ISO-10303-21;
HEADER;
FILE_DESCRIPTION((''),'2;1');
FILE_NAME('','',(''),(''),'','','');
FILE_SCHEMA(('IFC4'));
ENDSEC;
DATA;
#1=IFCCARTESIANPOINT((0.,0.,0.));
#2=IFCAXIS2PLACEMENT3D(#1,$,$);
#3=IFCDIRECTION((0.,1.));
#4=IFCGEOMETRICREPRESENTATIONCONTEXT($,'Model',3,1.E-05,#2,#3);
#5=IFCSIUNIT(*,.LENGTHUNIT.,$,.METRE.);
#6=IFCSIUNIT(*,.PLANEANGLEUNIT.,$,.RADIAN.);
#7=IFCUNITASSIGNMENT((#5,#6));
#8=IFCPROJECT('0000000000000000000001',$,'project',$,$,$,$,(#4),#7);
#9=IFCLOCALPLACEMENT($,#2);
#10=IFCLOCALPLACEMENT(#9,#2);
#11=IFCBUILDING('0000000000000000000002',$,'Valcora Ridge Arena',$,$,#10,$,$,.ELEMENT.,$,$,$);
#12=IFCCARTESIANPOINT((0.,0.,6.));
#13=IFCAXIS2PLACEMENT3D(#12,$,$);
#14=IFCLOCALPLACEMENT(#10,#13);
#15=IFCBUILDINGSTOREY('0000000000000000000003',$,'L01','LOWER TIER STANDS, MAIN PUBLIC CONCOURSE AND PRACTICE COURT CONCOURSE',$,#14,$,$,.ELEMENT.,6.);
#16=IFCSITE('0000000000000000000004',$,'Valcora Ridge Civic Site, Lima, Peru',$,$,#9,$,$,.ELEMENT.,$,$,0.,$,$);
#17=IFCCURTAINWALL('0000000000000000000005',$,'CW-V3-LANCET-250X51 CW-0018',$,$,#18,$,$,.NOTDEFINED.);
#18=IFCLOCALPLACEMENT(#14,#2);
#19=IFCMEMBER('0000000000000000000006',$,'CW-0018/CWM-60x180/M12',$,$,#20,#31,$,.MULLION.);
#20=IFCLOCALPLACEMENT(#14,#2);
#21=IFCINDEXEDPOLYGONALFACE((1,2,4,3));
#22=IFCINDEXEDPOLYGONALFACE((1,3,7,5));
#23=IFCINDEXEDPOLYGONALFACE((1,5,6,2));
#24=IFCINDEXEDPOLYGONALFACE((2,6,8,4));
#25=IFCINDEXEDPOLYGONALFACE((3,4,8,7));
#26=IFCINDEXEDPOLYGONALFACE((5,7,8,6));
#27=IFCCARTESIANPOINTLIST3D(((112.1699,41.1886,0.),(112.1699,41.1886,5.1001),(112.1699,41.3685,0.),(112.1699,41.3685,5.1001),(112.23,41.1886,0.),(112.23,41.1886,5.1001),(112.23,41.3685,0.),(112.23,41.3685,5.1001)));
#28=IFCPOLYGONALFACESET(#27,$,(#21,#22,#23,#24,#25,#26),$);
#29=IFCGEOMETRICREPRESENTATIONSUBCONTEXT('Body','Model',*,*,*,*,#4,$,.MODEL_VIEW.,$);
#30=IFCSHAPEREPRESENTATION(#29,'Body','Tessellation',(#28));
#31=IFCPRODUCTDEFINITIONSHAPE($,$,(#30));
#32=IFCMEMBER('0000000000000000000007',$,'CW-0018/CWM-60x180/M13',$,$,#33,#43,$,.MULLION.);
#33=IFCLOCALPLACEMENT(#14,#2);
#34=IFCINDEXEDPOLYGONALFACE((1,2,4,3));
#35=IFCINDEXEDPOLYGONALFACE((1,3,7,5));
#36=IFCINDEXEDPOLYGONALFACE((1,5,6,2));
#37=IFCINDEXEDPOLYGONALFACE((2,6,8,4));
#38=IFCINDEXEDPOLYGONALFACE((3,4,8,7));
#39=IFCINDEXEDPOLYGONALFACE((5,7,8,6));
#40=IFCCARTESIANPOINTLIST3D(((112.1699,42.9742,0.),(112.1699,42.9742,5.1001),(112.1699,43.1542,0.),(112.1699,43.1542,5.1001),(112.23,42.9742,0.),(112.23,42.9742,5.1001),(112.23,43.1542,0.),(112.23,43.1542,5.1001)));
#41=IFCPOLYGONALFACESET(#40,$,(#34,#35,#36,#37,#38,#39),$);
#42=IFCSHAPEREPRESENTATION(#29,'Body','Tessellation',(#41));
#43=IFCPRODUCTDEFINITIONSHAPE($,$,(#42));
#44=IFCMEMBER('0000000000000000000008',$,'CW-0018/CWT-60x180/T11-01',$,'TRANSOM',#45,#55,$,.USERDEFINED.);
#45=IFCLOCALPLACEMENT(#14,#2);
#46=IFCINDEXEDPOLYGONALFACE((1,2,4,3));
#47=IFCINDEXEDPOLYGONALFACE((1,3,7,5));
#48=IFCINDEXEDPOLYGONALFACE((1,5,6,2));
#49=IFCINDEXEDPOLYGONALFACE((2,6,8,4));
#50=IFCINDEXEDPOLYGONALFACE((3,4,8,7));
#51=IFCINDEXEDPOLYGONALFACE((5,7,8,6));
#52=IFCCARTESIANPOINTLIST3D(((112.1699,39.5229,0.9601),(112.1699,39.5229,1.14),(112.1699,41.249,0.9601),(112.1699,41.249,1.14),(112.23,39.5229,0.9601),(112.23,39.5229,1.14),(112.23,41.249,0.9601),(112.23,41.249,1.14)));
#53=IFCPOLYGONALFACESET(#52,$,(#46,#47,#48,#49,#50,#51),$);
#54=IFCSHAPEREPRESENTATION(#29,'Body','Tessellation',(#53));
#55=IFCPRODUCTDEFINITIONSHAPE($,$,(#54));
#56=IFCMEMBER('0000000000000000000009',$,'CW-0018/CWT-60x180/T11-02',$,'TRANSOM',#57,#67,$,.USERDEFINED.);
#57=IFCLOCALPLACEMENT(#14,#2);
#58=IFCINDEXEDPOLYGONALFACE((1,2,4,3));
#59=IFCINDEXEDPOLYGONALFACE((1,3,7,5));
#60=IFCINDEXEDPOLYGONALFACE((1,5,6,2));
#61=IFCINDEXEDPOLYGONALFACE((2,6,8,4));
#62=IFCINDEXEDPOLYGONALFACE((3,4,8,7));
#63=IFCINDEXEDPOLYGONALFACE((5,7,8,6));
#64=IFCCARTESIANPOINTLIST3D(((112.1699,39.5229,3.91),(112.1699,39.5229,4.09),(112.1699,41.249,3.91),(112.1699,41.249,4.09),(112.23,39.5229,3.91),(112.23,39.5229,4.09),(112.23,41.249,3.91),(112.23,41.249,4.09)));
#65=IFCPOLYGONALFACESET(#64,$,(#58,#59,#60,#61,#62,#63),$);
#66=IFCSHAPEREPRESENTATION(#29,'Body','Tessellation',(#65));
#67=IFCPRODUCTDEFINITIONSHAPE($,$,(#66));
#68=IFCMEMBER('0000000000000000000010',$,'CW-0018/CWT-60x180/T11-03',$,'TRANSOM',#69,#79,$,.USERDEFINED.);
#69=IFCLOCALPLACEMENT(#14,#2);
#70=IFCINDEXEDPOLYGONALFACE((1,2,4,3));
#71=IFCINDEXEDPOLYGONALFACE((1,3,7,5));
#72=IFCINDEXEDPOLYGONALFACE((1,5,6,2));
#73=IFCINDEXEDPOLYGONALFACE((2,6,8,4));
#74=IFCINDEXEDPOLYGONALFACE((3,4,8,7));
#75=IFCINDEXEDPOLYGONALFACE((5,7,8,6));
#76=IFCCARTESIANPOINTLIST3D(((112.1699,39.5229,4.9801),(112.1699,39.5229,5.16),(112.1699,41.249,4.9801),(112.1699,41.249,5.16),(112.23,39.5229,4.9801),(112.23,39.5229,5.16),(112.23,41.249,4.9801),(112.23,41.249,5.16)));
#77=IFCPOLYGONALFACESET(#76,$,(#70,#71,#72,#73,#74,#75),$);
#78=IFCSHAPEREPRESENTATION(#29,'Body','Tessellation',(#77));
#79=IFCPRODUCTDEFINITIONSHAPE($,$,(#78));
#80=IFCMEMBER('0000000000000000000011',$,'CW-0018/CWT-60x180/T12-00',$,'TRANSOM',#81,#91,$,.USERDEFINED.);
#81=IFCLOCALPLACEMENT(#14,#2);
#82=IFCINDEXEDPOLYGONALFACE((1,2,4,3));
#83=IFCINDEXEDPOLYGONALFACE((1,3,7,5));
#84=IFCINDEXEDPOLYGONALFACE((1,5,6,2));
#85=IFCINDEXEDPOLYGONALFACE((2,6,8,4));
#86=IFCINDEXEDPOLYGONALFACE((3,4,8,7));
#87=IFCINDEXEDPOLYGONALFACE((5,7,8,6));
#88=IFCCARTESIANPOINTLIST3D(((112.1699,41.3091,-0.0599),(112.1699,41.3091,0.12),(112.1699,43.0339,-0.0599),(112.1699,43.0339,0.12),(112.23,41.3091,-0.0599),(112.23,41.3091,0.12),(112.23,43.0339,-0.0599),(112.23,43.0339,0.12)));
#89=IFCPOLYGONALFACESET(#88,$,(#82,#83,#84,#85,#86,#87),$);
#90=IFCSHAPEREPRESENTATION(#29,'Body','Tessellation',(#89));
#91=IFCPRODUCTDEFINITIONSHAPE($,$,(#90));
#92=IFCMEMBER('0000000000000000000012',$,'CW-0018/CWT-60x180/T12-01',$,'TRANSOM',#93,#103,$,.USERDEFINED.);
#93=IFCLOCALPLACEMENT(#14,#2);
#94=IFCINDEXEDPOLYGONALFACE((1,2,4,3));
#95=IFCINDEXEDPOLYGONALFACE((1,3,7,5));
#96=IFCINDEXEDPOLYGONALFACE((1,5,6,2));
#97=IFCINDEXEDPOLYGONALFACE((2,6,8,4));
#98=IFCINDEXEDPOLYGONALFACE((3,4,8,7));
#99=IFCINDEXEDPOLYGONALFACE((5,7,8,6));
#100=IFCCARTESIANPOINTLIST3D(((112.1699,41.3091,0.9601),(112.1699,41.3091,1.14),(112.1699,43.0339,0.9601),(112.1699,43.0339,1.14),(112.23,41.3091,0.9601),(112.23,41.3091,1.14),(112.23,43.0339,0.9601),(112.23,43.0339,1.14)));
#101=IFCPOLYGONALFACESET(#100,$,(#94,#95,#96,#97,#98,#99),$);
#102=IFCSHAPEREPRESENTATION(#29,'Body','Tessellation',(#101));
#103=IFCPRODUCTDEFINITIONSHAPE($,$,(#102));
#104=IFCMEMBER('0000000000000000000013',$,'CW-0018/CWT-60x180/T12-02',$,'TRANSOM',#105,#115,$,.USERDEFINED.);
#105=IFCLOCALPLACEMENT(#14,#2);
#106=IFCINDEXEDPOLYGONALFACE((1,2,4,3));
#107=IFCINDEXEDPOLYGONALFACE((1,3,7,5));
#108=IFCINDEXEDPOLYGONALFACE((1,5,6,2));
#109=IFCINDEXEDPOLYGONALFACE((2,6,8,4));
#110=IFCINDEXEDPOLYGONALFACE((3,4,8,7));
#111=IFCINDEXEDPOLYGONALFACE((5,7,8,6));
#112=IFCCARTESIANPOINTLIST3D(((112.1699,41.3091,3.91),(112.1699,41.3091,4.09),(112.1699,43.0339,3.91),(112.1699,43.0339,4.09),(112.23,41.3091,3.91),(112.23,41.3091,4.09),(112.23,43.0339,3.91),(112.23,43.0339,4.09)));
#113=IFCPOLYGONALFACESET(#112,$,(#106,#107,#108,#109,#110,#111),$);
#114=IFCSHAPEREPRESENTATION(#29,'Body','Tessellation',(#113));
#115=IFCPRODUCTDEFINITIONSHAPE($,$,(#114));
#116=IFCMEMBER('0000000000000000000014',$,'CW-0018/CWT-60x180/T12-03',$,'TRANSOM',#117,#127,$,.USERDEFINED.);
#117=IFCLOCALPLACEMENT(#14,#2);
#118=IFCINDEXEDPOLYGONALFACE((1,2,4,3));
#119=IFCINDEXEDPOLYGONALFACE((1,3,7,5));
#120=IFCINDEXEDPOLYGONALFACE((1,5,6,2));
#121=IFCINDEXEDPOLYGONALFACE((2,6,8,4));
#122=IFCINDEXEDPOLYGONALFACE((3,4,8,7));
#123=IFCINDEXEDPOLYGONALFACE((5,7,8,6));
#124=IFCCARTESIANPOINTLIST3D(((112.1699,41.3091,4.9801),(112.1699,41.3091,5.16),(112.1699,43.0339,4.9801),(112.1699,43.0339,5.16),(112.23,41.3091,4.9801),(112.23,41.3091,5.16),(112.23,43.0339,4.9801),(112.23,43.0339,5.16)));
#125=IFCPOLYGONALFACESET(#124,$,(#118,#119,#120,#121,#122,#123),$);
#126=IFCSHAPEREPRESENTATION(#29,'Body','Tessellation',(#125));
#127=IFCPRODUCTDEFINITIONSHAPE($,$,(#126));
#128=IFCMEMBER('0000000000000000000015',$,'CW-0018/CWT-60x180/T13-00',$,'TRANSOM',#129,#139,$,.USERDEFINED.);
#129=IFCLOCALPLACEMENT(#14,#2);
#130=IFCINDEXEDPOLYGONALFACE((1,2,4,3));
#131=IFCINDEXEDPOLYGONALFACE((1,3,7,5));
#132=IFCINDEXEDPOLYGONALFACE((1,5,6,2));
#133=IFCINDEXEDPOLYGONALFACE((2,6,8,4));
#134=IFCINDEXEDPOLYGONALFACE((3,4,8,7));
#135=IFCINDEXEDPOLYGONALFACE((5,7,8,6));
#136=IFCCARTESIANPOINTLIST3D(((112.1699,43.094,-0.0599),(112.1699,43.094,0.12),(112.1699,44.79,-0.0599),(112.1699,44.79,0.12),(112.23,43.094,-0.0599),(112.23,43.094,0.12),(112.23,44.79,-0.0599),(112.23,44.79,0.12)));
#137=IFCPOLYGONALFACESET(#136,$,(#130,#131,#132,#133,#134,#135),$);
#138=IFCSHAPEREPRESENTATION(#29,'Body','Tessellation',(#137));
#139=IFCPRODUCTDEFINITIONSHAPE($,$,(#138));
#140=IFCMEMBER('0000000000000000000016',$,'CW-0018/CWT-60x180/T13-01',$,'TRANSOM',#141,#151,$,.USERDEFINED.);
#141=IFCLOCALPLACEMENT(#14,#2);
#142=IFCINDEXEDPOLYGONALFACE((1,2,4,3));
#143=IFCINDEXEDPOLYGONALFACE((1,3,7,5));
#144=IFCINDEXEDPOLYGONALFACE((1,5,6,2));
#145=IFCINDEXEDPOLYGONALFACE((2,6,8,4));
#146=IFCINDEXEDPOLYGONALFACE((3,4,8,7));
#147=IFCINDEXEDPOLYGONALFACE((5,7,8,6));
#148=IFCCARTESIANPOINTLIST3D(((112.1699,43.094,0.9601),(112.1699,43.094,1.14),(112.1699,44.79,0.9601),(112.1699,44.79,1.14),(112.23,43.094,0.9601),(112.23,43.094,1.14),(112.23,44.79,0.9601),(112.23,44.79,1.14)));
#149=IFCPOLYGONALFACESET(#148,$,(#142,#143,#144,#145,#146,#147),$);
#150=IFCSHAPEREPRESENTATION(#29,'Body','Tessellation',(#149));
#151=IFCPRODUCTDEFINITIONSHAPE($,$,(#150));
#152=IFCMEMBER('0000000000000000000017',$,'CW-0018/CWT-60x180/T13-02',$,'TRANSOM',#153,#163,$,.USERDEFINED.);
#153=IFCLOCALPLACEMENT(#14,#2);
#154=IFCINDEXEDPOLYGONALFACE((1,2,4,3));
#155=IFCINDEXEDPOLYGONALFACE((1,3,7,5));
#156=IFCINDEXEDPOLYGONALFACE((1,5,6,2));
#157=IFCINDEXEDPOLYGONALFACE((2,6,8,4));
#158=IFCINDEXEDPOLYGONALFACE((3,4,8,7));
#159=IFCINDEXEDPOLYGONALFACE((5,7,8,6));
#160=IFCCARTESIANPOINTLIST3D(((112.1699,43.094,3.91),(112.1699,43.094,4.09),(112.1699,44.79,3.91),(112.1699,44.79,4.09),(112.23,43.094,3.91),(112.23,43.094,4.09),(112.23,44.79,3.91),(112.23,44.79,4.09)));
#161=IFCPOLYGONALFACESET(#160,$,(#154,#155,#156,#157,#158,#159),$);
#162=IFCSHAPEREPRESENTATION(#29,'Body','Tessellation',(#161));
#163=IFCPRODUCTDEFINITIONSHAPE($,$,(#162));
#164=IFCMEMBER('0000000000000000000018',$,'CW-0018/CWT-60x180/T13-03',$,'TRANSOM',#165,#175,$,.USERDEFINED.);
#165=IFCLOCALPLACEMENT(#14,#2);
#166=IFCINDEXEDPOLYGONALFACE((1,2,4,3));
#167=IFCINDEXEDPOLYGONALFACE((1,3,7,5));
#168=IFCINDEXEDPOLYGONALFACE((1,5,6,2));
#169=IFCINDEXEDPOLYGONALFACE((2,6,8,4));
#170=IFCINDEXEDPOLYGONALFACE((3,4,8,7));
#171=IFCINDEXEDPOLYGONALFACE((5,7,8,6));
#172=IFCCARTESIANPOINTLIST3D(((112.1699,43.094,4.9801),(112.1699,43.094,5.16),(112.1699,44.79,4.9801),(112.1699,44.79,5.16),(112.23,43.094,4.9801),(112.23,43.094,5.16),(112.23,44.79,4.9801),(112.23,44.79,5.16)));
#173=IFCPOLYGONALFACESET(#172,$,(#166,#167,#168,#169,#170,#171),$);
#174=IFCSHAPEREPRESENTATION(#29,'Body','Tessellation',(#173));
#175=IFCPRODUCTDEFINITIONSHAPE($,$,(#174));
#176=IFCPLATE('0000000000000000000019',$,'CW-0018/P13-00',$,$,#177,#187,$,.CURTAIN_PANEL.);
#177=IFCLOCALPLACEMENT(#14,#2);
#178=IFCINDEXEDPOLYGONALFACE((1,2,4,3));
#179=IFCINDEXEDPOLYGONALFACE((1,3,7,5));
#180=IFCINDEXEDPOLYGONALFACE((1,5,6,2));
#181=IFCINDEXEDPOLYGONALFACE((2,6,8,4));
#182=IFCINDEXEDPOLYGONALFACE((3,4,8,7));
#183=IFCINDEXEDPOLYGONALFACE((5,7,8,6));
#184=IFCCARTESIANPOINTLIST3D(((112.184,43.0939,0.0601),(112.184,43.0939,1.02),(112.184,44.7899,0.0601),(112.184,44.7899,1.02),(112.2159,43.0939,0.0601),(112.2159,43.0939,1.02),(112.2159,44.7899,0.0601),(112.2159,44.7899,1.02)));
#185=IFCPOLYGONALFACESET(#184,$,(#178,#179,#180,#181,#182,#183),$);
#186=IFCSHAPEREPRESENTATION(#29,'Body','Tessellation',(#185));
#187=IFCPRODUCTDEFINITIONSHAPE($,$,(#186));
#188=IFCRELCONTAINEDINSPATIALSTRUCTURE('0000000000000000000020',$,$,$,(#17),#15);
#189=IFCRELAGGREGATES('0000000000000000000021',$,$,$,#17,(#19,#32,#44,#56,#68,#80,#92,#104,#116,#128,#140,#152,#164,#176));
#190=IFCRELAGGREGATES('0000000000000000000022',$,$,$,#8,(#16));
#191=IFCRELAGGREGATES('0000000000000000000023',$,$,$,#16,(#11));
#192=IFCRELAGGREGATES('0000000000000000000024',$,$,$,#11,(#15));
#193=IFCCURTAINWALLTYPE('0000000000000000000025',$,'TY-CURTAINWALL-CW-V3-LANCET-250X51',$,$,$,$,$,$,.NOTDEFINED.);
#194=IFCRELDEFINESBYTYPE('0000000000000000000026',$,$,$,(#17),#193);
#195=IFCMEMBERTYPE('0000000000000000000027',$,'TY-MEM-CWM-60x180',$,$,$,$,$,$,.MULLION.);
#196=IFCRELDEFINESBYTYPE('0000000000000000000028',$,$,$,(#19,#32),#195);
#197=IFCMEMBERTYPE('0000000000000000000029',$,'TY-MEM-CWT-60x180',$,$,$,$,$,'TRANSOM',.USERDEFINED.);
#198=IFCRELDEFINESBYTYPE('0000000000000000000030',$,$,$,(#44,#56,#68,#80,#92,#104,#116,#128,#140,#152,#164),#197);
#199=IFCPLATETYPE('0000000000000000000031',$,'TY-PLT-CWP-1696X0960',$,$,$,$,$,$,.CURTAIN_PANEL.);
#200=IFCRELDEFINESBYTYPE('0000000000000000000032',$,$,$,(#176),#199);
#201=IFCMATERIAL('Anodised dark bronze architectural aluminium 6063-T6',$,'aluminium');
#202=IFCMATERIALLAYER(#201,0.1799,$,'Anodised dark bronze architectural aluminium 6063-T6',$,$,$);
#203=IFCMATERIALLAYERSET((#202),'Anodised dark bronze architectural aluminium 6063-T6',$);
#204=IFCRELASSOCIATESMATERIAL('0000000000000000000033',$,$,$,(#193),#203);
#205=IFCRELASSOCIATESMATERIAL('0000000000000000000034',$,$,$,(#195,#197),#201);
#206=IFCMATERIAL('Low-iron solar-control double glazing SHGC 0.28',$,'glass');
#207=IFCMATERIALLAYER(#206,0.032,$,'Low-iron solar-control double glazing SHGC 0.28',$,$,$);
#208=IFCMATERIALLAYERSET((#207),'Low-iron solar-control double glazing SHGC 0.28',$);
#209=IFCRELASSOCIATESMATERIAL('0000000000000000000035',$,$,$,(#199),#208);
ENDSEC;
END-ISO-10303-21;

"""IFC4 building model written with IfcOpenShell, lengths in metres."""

from ifc_helpers import new_model, si_unit, direction, frame, origin, origin_2d, place, context, subcontext, project, spatial, rectangle, extrude, material, layer, layer_set, material_profile, profile_set, type_object, element, aggregate, save


model = new_model("IFC4")

# Units and contexts
model_context = context("Model", 3, precision=1e-05, world=origin(), true_north=direction((0.0, 1.0)))
body_context = subcontext(model_context, "Body", "Model", "MODEL_VIEW")
ifc_project = project(units=[si_unit("LENGTHUNIT", "METRE"), si_unit("PLANEANGLEUNIT", "RADIAN")], contexts=[model_context])

# Site, building, storey
site_placement = place(None, origin())
site = spatial("IfcSite", under=ifc_project, at=site_placement, Name="Valcora Ridge Civic Site, Lima, Peru", CompositionType="ELEMENT", RefElevation=0.0)
building_placement = place(site_placement, origin())
building = spatial("IfcBuilding", under=site, at=building_placement, Name="Valcora Ridge Arena", CompositionType="ELEMENT")
storey_placement = place(building_placement, frame((0.0, 0.0, 6.0)))
storey = spatial("IfcBuildingStorey", under=building, at=storey_placement, Name="L01", Description="LOWER TIER STANDS, MAIN PUBLIC CONCOURSE AND PRACTICE COURT CONCOURSE", CompositionType="ELEMENT", Elevation=6.0)

# Curtain wall, members, plate
ifc_material_1 = material(Name="Anodised dark bronze architectural aluminium 6063-T6", Category="aluminium")
ifc_layer_1 = layer(ifc_material_1, 0.1799, Name="Anodised dark bronze architectural aluminium 6063-T6")
ifc_layer_set_1 = layer_set([ifc_layer_1], Name="Anodised dark bronze architectural aluminium 6063-T6")
curtain_wall_type = type_object("IfcCurtainWallType", Name="TY-CURTAINWALL-CW-V3-LANCET-250X51", PredefinedType="NOTDEFINED", material=ifc_layer_set_1)
curtain_wall_placement = place(storey_placement, origin())
curtain_wall = element("IfcCurtainWall", 1, at=curtain_wall_placement, inside=storey, type_object=curtain_wall_type, Name="CW-V3-LANCET-250X51 CW-0018", PredefinedType="NOTDEFINED")
ifc_material_profile_1 = material_profile(ifc_material_1, rectangle(XDim=0.0601, YDim=0.1799, at=origin_2d()), Name="ALU MULLION 60x180")
ifc_profile_set_1 = profile_set([ifc_material_profile_1], Name="Anodised dark bronze architectural aluminium 6063-T6")
member_type_1 = type_object("IfcMemberType", Name="TY-MEM-CWM-60x180", PredefinedType="MULLION", material=ifc_profile_set_1)
member_1_placement = place(storey_placement, frame((112.2, 41.2786, 0.0), z_axis=(0.0, 0.0, 1.0), x_axis=(-1.0, 0.0, 0.0)))
member_1 = element("IfcMember", 2, at=member_1_placement, type_object=member_type_1, Name="CW-0018/CWM-60x180/M12", PredefinedType="MULLION", context=body_context, shape_type="SweptSolid", body=[
    extrude(rectangle(XDim=0.0601, YDim=0.1799, at=origin_2d()), origin(), (0.0, 0.0, 1.0), 5.1001),
])
member_2_placement = place(storey_placement, frame((112.2, 43.0642, 0.0), z_axis=(0.0, 0.0, 1.0), x_axis=(-1.0, 0.0, 0.0)))
member_2 = element("IfcMember", 3, at=member_2_placement, type_object=member_type_1, Name="CW-0018/CWM-60x180/M13", PredefinedType="MULLION", context=body_context, shape_type="SweptSolid", body=[
    extrude(rectangle(XDim=0.0601, YDim=0.1799, at=origin_2d()), origin(), (0.0, 0.0, 1.0), 5.1001),
])
ifc_material_profile_2 = material_profile(ifc_material_1, rectangle(XDim=0.0601, YDim=0.1799, at=origin_2d()), Name="ALU TRANSOM 60x180")
ifc_profile_set_2 = profile_set([ifc_material_profile_2], Name="Anodised dark bronze architectural aluminium 6063-T6")
member_type_2 = type_object("IfcMemberType", Name="TY-MEM-CWT-60x180", ElementType="TRANSOM", PredefinedType="USERDEFINED", material=ifc_profile_set_2)
member_3_placement = place(storey_placement, frame((112.2, 39.5229, 1.05), z_axis=(0.0, 1.0, 0.0), x_axis=(-1.0, 0.0, 0.0)))
member_3 = element("IfcMember", 4, at=member_3_placement, type_object=member_type_2, Name="CW-0018/CWT-60x180/T11-01", ObjectType="TRANSOM", PredefinedType="USERDEFINED", context=body_context, shape_type="SweptSolid", body=[
    extrude(rectangle(XDim=0.0601, YDim=0.1799, at=origin_2d()), origin(), (0.0, 0.0, 1.0), 1.7261),
])
member_4_placement = place(storey_placement, frame((112.2, 39.5229, 4.0), z_axis=(0.0, 1.0, 0.0), x_axis=(-1.0, 0.0, 0.0)))
member_4 = element("IfcMember", 5, at=member_4_placement, type_object=member_type_2, Name="CW-0018/CWT-60x180/T11-02", ObjectType="TRANSOM", PredefinedType="USERDEFINED", context=body_context, shape_type="SweptSolid", body=[
    extrude(rectangle(XDim=0.0601, YDim=0.1799, at=origin_2d()), origin(), (0.0, 0.0, 1.0), 1.7261),
])
member_5_placement = place(storey_placement, frame((112.2, 39.5229, 5.0701), z_axis=(0.0, 1.0, 0.0), x_axis=(-1.0, 0.0, 0.0)))
member_5 = element("IfcMember", 6, at=member_5_placement, type_object=member_type_2, Name="CW-0018/CWT-60x180/T11-03", ObjectType="TRANSOM", PredefinedType="USERDEFINED", context=body_context, shape_type="SweptSolid", body=[
    extrude(rectangle(XDim=0.0601, YDim=0.1799, at=origin_2d()), origin(), (0.0, 0.0, 1.0), 1.7261),
])
member_6_placement = place(storey_placement, frame((112.2, 41.3091, 0.03), z_axis=(0.0, 1.0, 0.0), x_axis=(-1.0, 0.0, 0.0)))
member_6 = element("IfcMember", 7, at=member_6_placement, type_object=member_type_2, Name="CW-0018/CWT-60x180/T12-00", ObjectType="TRANSOM", PredefinedType="USERDEFINED", context=body_context, shape_type="SweptSolid", body=[
    extrude(rectangle(XDim=0.0601, YDim=0.1799, at=origin_2d()), origin(), (0.0, 0.0, 1.0), 1.7249),
])
member_7_placement = place(storey_placement, frame((112.2, 41.3091, 1.05), z_axis=(0.0, 1.0, 0.0), x_axis=(-1.0, 0.0, 0.0)))
member_7 = element("IfcMember", 8, at=member_7_placement, type_object=member_type_2, Name="CW-0018/CWT-60x180/T12-01", ObjectType="TRANSOM", PredefinedType="USERDEFINED", context=body_context, shape_type="SweptSolid", body=[
    extrude(rectangle(XDim=0.0601, YDim=0.1799, at=origin_2d()), origin(), (0.0, 0.0, 1.0), 1.7249),
])
member_8_placement = place(storey_placement, frame((112.2, 41.3091, 4.0), z_axis=(0.0, 1.0, 0.0), x_axis=(-1.0, 0.0, 0.0)))
member_8 = element("IfcMember", 9, at=member_8_placement, type_object=member_type_2, Name="CW-0018/CWT-60x180/T12-02", ObjectType="TRANSOM", PredefinedType="USERDEFINED", context=body_context, shape_type="SweptSolid", body=[
    extrude(rectangle(XDim=0.0601, YDim=0.1799, at=origin_2d()), origin(), (0.0, 0.0, 1.0), 1.7249),
])
member_9_placement = place(storey_placement, frame((112.2, 41.3091, 5.0701), z_axis=(0.0, 1.0, 0.0), x_axis=(-1.0, 0.0, 0.0)))
member_9 = element("IfcMember", 10, at=member_9_placement, type_object=member_type_2, Name="CW-0018/CWT-60x180/T12-03", ObjectType="TRANSOM", PredefinedType="USERDEFINED", context=body_context, shape_type="SweptSolid", body=[
    extrude(rectangle(XDim=0.0601, YDim=0.1799, at=origin_2d()), origin(), (0.0, 0.0, 1.0), 1.7249),
])
member_10_placement = place(storey_placement, frame((112.2, 43.094, 0.03), z_axis=(0.0, 1.0, 0.0), x_axis=(-1.0, 0.0, 0.0)))
member_10 = element("IfcMember", 11, at=member_10_placement, type_object=member_type_2, Name="CW-0018/CWT-60x180/T13-00", ObjectType="TRANSOM", PredefinedType="USERDEFINED", context=body_context, shape_type="SweptSolid", body=[
    extrude(rectangle(XDim=0.0601, YDim=0.1799, at=origin_2d()), origin(), (0.0, 0.0, 1.0), 1.696),
])
member_11_placement = place(storey_placement, frame((112.2, 43.094, 1.05), z_axis=(0.0, 1.0, 0.0), x_axis=(-1.0, 0.0, 0.0)))
member_11 = element("IfcMember", 12, at=member_11_placement, type_object=member_type_2, Name="CW-0018/CWT-60x180/T13-01", ObjectType="TRANSOM", PredefinedType="USERDEFINED", context=body_context, shape_type="SweptSolid", body=[
    extrude(rectangle(XDim=0.0601, YDim=0.1799, at=origin_2d()), origin(), (0.0, 0.0, 1.0), 1.696),
])
member_12_placement = place(storey_placement, frame((112.2, 43.094, 4.0), z_axis=(0.0, 1.0, 0.0), x_axis=(-1.0, 0.0, 0.0)))
member_12 = element("IfcMember", 13, at=member_12_placement, type_object=member_type_2, Name="CW-0018/CWT-60x180/T13-02", ObjectType="TRANSOM", PredefinedType="USERDEFINED", context=body_context, shape_type="SweptSolid", body=[
    extrude(rectangle(XDim=0.0601, YDim=0.1799, at=origin_2d()), origin(), (0.0, 0.0, 1.0), 1.696),
])
member_13_placement = place(storey_placement, frame((112.2, 43.094, 5.0701), z_axis=(0.0, 1.0, 0.0), x_axis=(-1.0, 0.0, 0.0)))
member_13 = element("IfcMember", 14, at=member_13_placement, type_object=member_type_2, Name="CW-0018/CWT-60x180/T13-03", ObjectType="TRANSOM", PredefinedType="USERDEFINED", context=body_context, shape_type="SweptSolid", body=[
    extrude(rectangle(XDim=0.0601, YDim=0.1799, at=origin_2d()), origin(), (0.0, 0.0, 1.0), 1.696),
])
ifc_material_2 = material(Name="Low-iron solar-control double glazing SHGC 0.28", Category="glass")
ifc_layer_2 = layer(ifc_material_2, 0.032, Name="Low-iron solar-control double glazing SHGC 0.28")
ifc_layer_set_2 = layer_set([ifc_layer_2], Name="Low-iron solar-control double glazing SHGC 0.28")
plate_type_1 = type_object("IfcPlateType", Name="TY-PLT-CWP-1696X0960", PredefinedType="CURTAIN_PANEL", material=ifc_layer_set_2)
plate_1_placement = place(storey_placement, frame((112.2, 43.9419, 0.0601), z_axis=(0.0, 0.0, 1.0), x_axis=(0.0, 1.0, 0.0)))
plate_1 = element("IfcPlate", 15, at=plate_1_placement, type_object=plate_type_1, Name="CW-0018/P13-00", PredefinedType="CURTAIN_PANEL", context=body_context, shape_type="SweptSolid", body=[
    extrude(rectangle(XDim=1.696, YDim=0.032, at=origin_2d()), origin(), (0.0, 0.0, 1.0), 0.96),
])
aggregate(curtain_wall, [member_1, member_2, member_3, member_4, member_5, member_6, member_7, member_8, member_9, member_10, member_11, member_12, member_13, plate_1])

save(model, "model.ifc")
